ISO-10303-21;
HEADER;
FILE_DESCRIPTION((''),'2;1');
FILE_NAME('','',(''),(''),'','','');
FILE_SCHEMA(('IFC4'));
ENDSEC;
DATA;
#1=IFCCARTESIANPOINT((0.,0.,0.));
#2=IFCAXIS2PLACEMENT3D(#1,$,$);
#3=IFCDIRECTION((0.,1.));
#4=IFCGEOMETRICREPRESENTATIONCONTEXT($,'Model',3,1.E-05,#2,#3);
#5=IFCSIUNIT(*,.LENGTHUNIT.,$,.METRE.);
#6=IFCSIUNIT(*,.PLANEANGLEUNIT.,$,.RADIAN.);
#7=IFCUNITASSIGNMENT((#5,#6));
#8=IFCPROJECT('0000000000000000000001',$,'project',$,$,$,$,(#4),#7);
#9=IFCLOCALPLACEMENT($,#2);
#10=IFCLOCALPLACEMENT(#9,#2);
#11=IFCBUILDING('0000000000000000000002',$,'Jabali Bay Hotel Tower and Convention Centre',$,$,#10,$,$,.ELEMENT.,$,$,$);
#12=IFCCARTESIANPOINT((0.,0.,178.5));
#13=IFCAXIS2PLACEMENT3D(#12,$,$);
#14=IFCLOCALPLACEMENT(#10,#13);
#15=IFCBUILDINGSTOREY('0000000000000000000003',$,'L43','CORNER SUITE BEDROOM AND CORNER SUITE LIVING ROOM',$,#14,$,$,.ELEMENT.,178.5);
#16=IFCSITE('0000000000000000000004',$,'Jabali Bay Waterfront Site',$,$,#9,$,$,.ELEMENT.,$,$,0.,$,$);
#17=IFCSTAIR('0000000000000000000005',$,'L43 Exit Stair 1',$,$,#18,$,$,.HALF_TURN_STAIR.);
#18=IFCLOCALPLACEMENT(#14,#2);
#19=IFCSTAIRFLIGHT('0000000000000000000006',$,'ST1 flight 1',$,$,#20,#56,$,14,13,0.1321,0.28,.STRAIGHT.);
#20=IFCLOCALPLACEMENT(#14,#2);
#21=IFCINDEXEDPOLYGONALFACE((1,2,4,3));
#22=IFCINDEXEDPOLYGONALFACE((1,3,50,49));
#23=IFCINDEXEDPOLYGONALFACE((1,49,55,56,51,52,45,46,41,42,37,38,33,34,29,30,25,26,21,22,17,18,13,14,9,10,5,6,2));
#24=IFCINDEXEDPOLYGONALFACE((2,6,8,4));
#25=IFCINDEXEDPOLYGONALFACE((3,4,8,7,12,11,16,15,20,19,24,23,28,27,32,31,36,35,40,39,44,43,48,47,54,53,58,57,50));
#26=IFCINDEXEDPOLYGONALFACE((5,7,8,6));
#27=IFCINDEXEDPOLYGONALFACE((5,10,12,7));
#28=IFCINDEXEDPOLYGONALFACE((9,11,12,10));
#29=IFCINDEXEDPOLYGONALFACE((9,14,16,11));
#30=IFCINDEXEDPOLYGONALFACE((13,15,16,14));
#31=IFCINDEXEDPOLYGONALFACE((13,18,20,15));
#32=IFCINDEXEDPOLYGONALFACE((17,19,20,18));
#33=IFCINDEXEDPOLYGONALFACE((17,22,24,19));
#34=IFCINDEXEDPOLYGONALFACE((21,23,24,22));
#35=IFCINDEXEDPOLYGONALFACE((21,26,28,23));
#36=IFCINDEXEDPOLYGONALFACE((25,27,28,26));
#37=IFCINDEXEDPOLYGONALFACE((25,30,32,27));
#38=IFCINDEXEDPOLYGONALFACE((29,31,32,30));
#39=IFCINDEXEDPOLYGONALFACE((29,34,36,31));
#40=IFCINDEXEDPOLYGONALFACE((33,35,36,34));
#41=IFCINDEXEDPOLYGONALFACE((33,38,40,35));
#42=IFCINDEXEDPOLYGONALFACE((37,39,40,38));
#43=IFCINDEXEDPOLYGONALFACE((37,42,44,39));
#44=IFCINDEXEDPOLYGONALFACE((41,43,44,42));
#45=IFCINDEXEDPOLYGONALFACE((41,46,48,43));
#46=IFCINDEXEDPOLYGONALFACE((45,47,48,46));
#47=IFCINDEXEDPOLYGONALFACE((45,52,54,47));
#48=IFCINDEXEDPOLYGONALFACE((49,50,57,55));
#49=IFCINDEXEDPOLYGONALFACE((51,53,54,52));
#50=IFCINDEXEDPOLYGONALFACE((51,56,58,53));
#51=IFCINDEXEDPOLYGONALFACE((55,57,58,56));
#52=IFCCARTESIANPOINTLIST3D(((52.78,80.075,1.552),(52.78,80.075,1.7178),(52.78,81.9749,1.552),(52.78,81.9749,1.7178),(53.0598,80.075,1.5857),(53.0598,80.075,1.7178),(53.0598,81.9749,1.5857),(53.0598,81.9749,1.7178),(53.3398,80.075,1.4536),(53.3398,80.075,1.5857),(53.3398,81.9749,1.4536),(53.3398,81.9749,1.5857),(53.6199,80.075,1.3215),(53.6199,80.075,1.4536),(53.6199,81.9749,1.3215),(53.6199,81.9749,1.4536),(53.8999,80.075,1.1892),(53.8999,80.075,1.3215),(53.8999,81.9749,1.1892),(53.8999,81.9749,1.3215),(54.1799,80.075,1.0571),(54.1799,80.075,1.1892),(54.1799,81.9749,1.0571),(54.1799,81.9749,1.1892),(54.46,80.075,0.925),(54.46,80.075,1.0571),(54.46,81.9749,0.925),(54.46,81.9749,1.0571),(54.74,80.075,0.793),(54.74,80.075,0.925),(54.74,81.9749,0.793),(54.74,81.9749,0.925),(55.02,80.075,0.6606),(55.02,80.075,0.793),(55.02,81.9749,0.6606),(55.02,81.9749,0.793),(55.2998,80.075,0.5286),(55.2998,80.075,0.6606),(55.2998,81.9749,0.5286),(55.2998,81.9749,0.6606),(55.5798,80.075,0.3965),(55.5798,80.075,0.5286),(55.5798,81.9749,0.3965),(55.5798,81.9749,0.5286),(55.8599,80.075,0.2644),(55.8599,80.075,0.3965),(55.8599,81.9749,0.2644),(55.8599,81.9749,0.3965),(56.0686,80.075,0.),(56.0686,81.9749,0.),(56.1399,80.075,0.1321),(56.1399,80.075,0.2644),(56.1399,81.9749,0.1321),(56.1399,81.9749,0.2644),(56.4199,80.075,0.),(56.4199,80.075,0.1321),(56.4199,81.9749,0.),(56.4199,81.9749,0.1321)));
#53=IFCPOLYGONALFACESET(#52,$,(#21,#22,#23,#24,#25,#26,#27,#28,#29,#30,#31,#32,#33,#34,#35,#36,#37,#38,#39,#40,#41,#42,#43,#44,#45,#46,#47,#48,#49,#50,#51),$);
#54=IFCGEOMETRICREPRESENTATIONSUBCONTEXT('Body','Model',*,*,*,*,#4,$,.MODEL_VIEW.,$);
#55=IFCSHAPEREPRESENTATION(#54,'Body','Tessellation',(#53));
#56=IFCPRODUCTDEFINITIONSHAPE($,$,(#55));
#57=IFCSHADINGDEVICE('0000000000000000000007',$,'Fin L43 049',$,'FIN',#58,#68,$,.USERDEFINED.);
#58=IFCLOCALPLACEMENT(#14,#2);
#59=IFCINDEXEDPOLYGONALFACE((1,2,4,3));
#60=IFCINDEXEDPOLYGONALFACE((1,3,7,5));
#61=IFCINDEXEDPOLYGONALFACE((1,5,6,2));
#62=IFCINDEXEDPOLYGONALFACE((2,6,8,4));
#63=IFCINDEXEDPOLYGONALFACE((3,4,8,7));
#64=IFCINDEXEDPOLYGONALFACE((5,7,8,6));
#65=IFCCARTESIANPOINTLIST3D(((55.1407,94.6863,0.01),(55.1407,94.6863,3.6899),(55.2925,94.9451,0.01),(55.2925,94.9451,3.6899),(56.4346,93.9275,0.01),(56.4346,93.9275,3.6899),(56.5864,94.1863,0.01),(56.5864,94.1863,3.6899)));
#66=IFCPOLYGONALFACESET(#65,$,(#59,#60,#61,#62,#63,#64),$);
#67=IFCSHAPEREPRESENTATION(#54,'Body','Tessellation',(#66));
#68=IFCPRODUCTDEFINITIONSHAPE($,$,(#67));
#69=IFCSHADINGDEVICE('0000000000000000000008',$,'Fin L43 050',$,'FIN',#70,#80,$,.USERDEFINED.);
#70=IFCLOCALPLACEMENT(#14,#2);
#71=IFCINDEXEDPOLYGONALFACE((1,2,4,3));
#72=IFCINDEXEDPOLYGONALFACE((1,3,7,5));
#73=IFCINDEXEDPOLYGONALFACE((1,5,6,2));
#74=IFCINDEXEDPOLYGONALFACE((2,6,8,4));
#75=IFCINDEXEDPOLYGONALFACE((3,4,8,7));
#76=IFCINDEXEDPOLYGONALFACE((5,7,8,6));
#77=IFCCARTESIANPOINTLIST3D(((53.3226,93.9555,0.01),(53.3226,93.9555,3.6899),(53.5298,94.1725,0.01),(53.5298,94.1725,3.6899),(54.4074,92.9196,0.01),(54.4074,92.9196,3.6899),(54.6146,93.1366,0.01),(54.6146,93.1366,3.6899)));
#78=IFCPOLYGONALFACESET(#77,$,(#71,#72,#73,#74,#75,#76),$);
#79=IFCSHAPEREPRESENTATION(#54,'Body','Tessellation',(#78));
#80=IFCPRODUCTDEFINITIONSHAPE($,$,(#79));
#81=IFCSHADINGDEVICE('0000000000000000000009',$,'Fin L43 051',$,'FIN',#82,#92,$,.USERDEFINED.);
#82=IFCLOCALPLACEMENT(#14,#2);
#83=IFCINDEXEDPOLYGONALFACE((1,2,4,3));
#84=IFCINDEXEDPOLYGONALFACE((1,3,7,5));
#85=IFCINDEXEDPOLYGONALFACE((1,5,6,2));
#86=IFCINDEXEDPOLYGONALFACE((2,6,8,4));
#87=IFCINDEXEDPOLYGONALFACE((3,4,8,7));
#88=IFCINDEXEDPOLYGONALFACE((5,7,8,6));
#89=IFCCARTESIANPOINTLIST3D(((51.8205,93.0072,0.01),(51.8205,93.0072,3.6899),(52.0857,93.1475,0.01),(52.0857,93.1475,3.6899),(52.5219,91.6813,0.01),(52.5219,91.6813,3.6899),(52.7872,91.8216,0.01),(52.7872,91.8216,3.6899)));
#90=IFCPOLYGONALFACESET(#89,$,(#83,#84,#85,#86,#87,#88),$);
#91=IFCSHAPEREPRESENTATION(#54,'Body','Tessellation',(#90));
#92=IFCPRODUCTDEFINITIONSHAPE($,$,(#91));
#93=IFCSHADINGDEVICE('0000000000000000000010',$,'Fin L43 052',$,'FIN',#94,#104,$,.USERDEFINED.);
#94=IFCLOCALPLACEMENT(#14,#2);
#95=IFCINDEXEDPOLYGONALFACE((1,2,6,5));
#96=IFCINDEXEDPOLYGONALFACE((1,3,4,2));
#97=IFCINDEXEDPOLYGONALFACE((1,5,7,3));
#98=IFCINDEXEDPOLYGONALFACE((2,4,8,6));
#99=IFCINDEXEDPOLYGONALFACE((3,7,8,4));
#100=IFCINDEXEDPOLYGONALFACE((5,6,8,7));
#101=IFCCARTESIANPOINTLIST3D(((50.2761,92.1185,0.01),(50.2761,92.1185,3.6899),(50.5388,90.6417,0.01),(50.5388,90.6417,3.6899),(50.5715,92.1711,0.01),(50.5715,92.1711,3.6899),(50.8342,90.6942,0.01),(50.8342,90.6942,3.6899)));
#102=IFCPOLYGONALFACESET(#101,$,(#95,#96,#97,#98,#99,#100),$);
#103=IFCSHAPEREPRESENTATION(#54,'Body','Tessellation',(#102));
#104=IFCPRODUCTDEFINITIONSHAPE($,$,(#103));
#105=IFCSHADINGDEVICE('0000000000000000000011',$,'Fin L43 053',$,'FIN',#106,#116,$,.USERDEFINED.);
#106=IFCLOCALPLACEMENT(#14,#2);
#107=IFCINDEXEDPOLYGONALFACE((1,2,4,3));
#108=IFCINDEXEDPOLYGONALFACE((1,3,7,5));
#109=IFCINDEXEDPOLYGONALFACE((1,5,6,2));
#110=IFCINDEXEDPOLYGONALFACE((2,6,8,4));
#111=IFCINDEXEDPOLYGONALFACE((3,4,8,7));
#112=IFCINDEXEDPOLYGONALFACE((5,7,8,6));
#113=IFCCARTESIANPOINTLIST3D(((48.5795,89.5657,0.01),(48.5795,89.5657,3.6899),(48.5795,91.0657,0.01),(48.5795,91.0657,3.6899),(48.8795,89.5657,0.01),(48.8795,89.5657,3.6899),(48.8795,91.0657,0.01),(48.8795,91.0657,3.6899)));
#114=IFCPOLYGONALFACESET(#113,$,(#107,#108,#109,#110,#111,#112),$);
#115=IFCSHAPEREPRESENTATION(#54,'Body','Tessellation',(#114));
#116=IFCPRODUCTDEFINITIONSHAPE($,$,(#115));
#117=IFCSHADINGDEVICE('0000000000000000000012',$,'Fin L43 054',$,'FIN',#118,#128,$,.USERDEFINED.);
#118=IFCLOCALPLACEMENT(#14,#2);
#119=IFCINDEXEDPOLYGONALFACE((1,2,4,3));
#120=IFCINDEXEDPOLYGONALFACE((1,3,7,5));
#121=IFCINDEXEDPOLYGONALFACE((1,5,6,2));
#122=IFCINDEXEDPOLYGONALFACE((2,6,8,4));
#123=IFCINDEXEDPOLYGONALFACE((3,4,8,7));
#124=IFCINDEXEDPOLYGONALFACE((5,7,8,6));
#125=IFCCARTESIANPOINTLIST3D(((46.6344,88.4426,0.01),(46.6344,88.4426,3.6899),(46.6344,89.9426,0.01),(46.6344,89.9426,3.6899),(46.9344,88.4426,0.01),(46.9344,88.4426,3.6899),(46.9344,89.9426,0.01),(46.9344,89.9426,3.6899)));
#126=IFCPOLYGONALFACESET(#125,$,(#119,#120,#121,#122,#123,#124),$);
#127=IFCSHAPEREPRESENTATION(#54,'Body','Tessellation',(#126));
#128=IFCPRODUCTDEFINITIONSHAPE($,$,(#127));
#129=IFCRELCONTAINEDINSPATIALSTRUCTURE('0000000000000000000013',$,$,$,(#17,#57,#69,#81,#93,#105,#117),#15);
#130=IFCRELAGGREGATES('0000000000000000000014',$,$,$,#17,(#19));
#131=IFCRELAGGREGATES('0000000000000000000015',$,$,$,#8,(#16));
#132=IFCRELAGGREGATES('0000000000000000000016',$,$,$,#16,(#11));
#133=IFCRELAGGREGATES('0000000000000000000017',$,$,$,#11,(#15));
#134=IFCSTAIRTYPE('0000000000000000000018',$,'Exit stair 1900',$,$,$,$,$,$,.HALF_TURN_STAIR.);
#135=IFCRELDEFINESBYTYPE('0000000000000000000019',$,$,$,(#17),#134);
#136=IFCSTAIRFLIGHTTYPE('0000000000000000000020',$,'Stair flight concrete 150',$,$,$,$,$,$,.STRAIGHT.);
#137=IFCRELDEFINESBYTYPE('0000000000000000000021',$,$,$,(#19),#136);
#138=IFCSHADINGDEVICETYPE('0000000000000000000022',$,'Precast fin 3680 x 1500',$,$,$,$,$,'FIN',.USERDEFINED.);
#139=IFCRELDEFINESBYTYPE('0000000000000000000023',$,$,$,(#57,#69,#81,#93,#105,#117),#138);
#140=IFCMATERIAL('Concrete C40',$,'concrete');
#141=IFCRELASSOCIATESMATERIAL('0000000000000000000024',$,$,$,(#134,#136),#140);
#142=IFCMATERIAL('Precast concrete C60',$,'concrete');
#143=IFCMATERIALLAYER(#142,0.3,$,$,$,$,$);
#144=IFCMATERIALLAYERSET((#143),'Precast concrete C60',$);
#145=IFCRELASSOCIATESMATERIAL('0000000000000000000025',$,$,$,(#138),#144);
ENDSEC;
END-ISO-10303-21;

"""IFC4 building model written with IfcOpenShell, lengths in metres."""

from ifc_helpers import new_model, si_unit, direction, frame, frame_2d, origin, place, context, subcontext, project, spatial, polyline, rectangle, outline, extrude, material, layer, layer_set, type_object, element, aggregate, save


model = new_model("IFC4")

# Units and contexts
model_context = context("Model", 3, precision=1e-05, world=origin(), true_north=direction((0.0, 1.0)))
body_context = subcontext(model_context, "Body", "Model", "MODEL_VIEW")
ifc_project = project(units=[si_unit("LENGTHUNIT", "METRE"), si_unit("PLANEANGLEUNIT", "RADIAN")], contexts=[model_context])

# Site, building, storey
site_placement = place(None, origin())
site = spatial("IfcSite", under=ifc_project, at=site_placement, Name="Jabali Bay Waterfront Site", CompositionType="ELEMENT", RefElevation=0.0)
building_placement = place(site_placement, origin())
building = spatial("IfcBuilding", under=site, at=building_placement, Name="Jabali Bay Hotel Tower and Convention Centre", CompositionType="ELEMENT")
storey_placement = place(building_placement, frame((0.0, 0.0, 178.5)))
storey = spatial("IfcBuildingStorey", under=building, at=storey_placement, Name="L43", Description="CORNER SUITE BEDROOM AND CORNER SUITE LIVING ROOM", CompositionType="ELEMENT", Elevation=178.5)

# Shared definitions
ifc_material_1 = material(Name="Concrete C40", Category="concrete")

# Stair, stair flight
stair_type = type_object("IfcStairType", Name="Exit stair 1900", PredefinedType="HALF_TURN_STAIR", material=ifc_material_1)
stair_placement = place(storey_placement, origin())
stair = element("IfcStair", 1, at=stair_placement, inside=storey, type_object=stair_type, Name="L43 Exit Stair 1", PredefinedType="HALF_TURN_STAIR")
stair_flight_type = type_object("IfcStairFlightType", Name="Stair flight concrete 150", PredefinedType="STRAIGHT", material=ifc_material_1)
stair_flight_placement = place(storey_placement, frame((56.4199, 81.0249, 0.0), z_axis=(0.0, 0.0, 1.0), x_axis=(-1.0, 0.0, 0.0)))
stair_flight = element("IfcStairFlight", 2, at=stair_flight_placement, type_object=stair_flight_type, Name="ST1 flight 1", NumberOfRisers=14, NumberOfTreads=13, PredefinedType="STRAIGHT", RiserHeight=0.1321, TreadLength=0.28, context=body_context, shape_type="SweptSolid", body=[
    extrude(outline(polyline([(0.0, 0.0), (0.0, 0.1321), (0.28, 0.1321), (0.28, 0.2644), (0.5601, 0.2644), (0.5601, 0.3965), (0.8401, 0.3965), (0.8401, 0.5286), (1.1201, 0.5286), (1.1201, 0.6606), (1.3999, 0.6606), (1.3999, 0.793), (1.6799, 0.793), (1.6799, 0.925), (1.96, 0.925), (1.96, 1.0571), (2.24, 1.0571), (2.24, 1.1892), (2.52, 1.1892), (2.52, 1.3215), (2.8, 1.3215), (2.8, 1.4536), (3.0801, 1.4536), (3.0801, 1.5857), (3.3601, 1.5857), (3.3601, 1.7178), (3.6399, 1.7178), (3.6399, 1.8501), (3.6399, 1.552), (0.3513, 0.0), (0.0, 0.0)])), frame((0.0, 0.95, 0.0), z_axis=(0.0, -1.0, 0.0), x_axis=(1.0, 0.0, 0.0)), (0.0, 0.0, 1.0), 1.8999),
])
aggregate(stair, [stair_flight])

# Shading devices
ifc_material_2 = material(Name="Precast concrete C60", Category="concrete")
ifc_layer_1 = layer(ifc_material_2, 0.3)
ifc_layer_set_1 = layer_set([ifc_layer_1], Name="Precast concrete C60")
shading_device_type = type_object("IfcShadingDeviceType", Name="Precast fin 3680 x 1500", ElementType="FIN", PredefinedType="USERDEFINED", material=ifc_layer_set_1)
for number, where, z_axis, x_axis, name in (
    (3, (56.5105, 94.0569, 0.01), (0.0, 0.0, 1.0), (-0.86262, 0.505853, 0.0), "Fin L43 049"),
    (4, (54.511, 93.0281, 0.01), (0.0, 0.0, 1.0), (-0.723197, 0.690642, 0.0), "Fin L43 050"),
    (5, (52.6545, 91.7515, 0.01), (0.0, 0.0, 1.0), (-0.467604, 0.883938, 0.0), "Fin L43 051"),
    (6, (50.6865, 90.668, 0.01), (0.0, 0.0, 1.0), (-0.175132, 0.984545, 0.0), "Fin L43 052"),
    (7, (48.7295, 89.5657, 0.01), (0.0, 0.0, 1.0), (0.0, 1.0, 0.0), "Fin L43 053"),
    (8, (46.7844, 88.4426, 0.01), (0.0, 0.0, 1.0), (0.0, 1.0, 0.0), "Fin L43 054"),
):
    element("IfcShadingDevice", number, at=place(storey_placement, frame(where, z_axis=z_axis, x_axis=x_axis)), inside=storey, type_object=shading_device_type, Name=name, ObjectType="FIN", PredefinedType="USERDEFINED", context=body_context, shape_type="SweptSolid", body=[
        extrude(rectangle(XDim=1.5, YDim=0.3, at=frame_2d((0.75, 0.0))), origin(), (0.0, 0.0, 1.0), 3.6799),
    ])

save(model, "model.ifc")
